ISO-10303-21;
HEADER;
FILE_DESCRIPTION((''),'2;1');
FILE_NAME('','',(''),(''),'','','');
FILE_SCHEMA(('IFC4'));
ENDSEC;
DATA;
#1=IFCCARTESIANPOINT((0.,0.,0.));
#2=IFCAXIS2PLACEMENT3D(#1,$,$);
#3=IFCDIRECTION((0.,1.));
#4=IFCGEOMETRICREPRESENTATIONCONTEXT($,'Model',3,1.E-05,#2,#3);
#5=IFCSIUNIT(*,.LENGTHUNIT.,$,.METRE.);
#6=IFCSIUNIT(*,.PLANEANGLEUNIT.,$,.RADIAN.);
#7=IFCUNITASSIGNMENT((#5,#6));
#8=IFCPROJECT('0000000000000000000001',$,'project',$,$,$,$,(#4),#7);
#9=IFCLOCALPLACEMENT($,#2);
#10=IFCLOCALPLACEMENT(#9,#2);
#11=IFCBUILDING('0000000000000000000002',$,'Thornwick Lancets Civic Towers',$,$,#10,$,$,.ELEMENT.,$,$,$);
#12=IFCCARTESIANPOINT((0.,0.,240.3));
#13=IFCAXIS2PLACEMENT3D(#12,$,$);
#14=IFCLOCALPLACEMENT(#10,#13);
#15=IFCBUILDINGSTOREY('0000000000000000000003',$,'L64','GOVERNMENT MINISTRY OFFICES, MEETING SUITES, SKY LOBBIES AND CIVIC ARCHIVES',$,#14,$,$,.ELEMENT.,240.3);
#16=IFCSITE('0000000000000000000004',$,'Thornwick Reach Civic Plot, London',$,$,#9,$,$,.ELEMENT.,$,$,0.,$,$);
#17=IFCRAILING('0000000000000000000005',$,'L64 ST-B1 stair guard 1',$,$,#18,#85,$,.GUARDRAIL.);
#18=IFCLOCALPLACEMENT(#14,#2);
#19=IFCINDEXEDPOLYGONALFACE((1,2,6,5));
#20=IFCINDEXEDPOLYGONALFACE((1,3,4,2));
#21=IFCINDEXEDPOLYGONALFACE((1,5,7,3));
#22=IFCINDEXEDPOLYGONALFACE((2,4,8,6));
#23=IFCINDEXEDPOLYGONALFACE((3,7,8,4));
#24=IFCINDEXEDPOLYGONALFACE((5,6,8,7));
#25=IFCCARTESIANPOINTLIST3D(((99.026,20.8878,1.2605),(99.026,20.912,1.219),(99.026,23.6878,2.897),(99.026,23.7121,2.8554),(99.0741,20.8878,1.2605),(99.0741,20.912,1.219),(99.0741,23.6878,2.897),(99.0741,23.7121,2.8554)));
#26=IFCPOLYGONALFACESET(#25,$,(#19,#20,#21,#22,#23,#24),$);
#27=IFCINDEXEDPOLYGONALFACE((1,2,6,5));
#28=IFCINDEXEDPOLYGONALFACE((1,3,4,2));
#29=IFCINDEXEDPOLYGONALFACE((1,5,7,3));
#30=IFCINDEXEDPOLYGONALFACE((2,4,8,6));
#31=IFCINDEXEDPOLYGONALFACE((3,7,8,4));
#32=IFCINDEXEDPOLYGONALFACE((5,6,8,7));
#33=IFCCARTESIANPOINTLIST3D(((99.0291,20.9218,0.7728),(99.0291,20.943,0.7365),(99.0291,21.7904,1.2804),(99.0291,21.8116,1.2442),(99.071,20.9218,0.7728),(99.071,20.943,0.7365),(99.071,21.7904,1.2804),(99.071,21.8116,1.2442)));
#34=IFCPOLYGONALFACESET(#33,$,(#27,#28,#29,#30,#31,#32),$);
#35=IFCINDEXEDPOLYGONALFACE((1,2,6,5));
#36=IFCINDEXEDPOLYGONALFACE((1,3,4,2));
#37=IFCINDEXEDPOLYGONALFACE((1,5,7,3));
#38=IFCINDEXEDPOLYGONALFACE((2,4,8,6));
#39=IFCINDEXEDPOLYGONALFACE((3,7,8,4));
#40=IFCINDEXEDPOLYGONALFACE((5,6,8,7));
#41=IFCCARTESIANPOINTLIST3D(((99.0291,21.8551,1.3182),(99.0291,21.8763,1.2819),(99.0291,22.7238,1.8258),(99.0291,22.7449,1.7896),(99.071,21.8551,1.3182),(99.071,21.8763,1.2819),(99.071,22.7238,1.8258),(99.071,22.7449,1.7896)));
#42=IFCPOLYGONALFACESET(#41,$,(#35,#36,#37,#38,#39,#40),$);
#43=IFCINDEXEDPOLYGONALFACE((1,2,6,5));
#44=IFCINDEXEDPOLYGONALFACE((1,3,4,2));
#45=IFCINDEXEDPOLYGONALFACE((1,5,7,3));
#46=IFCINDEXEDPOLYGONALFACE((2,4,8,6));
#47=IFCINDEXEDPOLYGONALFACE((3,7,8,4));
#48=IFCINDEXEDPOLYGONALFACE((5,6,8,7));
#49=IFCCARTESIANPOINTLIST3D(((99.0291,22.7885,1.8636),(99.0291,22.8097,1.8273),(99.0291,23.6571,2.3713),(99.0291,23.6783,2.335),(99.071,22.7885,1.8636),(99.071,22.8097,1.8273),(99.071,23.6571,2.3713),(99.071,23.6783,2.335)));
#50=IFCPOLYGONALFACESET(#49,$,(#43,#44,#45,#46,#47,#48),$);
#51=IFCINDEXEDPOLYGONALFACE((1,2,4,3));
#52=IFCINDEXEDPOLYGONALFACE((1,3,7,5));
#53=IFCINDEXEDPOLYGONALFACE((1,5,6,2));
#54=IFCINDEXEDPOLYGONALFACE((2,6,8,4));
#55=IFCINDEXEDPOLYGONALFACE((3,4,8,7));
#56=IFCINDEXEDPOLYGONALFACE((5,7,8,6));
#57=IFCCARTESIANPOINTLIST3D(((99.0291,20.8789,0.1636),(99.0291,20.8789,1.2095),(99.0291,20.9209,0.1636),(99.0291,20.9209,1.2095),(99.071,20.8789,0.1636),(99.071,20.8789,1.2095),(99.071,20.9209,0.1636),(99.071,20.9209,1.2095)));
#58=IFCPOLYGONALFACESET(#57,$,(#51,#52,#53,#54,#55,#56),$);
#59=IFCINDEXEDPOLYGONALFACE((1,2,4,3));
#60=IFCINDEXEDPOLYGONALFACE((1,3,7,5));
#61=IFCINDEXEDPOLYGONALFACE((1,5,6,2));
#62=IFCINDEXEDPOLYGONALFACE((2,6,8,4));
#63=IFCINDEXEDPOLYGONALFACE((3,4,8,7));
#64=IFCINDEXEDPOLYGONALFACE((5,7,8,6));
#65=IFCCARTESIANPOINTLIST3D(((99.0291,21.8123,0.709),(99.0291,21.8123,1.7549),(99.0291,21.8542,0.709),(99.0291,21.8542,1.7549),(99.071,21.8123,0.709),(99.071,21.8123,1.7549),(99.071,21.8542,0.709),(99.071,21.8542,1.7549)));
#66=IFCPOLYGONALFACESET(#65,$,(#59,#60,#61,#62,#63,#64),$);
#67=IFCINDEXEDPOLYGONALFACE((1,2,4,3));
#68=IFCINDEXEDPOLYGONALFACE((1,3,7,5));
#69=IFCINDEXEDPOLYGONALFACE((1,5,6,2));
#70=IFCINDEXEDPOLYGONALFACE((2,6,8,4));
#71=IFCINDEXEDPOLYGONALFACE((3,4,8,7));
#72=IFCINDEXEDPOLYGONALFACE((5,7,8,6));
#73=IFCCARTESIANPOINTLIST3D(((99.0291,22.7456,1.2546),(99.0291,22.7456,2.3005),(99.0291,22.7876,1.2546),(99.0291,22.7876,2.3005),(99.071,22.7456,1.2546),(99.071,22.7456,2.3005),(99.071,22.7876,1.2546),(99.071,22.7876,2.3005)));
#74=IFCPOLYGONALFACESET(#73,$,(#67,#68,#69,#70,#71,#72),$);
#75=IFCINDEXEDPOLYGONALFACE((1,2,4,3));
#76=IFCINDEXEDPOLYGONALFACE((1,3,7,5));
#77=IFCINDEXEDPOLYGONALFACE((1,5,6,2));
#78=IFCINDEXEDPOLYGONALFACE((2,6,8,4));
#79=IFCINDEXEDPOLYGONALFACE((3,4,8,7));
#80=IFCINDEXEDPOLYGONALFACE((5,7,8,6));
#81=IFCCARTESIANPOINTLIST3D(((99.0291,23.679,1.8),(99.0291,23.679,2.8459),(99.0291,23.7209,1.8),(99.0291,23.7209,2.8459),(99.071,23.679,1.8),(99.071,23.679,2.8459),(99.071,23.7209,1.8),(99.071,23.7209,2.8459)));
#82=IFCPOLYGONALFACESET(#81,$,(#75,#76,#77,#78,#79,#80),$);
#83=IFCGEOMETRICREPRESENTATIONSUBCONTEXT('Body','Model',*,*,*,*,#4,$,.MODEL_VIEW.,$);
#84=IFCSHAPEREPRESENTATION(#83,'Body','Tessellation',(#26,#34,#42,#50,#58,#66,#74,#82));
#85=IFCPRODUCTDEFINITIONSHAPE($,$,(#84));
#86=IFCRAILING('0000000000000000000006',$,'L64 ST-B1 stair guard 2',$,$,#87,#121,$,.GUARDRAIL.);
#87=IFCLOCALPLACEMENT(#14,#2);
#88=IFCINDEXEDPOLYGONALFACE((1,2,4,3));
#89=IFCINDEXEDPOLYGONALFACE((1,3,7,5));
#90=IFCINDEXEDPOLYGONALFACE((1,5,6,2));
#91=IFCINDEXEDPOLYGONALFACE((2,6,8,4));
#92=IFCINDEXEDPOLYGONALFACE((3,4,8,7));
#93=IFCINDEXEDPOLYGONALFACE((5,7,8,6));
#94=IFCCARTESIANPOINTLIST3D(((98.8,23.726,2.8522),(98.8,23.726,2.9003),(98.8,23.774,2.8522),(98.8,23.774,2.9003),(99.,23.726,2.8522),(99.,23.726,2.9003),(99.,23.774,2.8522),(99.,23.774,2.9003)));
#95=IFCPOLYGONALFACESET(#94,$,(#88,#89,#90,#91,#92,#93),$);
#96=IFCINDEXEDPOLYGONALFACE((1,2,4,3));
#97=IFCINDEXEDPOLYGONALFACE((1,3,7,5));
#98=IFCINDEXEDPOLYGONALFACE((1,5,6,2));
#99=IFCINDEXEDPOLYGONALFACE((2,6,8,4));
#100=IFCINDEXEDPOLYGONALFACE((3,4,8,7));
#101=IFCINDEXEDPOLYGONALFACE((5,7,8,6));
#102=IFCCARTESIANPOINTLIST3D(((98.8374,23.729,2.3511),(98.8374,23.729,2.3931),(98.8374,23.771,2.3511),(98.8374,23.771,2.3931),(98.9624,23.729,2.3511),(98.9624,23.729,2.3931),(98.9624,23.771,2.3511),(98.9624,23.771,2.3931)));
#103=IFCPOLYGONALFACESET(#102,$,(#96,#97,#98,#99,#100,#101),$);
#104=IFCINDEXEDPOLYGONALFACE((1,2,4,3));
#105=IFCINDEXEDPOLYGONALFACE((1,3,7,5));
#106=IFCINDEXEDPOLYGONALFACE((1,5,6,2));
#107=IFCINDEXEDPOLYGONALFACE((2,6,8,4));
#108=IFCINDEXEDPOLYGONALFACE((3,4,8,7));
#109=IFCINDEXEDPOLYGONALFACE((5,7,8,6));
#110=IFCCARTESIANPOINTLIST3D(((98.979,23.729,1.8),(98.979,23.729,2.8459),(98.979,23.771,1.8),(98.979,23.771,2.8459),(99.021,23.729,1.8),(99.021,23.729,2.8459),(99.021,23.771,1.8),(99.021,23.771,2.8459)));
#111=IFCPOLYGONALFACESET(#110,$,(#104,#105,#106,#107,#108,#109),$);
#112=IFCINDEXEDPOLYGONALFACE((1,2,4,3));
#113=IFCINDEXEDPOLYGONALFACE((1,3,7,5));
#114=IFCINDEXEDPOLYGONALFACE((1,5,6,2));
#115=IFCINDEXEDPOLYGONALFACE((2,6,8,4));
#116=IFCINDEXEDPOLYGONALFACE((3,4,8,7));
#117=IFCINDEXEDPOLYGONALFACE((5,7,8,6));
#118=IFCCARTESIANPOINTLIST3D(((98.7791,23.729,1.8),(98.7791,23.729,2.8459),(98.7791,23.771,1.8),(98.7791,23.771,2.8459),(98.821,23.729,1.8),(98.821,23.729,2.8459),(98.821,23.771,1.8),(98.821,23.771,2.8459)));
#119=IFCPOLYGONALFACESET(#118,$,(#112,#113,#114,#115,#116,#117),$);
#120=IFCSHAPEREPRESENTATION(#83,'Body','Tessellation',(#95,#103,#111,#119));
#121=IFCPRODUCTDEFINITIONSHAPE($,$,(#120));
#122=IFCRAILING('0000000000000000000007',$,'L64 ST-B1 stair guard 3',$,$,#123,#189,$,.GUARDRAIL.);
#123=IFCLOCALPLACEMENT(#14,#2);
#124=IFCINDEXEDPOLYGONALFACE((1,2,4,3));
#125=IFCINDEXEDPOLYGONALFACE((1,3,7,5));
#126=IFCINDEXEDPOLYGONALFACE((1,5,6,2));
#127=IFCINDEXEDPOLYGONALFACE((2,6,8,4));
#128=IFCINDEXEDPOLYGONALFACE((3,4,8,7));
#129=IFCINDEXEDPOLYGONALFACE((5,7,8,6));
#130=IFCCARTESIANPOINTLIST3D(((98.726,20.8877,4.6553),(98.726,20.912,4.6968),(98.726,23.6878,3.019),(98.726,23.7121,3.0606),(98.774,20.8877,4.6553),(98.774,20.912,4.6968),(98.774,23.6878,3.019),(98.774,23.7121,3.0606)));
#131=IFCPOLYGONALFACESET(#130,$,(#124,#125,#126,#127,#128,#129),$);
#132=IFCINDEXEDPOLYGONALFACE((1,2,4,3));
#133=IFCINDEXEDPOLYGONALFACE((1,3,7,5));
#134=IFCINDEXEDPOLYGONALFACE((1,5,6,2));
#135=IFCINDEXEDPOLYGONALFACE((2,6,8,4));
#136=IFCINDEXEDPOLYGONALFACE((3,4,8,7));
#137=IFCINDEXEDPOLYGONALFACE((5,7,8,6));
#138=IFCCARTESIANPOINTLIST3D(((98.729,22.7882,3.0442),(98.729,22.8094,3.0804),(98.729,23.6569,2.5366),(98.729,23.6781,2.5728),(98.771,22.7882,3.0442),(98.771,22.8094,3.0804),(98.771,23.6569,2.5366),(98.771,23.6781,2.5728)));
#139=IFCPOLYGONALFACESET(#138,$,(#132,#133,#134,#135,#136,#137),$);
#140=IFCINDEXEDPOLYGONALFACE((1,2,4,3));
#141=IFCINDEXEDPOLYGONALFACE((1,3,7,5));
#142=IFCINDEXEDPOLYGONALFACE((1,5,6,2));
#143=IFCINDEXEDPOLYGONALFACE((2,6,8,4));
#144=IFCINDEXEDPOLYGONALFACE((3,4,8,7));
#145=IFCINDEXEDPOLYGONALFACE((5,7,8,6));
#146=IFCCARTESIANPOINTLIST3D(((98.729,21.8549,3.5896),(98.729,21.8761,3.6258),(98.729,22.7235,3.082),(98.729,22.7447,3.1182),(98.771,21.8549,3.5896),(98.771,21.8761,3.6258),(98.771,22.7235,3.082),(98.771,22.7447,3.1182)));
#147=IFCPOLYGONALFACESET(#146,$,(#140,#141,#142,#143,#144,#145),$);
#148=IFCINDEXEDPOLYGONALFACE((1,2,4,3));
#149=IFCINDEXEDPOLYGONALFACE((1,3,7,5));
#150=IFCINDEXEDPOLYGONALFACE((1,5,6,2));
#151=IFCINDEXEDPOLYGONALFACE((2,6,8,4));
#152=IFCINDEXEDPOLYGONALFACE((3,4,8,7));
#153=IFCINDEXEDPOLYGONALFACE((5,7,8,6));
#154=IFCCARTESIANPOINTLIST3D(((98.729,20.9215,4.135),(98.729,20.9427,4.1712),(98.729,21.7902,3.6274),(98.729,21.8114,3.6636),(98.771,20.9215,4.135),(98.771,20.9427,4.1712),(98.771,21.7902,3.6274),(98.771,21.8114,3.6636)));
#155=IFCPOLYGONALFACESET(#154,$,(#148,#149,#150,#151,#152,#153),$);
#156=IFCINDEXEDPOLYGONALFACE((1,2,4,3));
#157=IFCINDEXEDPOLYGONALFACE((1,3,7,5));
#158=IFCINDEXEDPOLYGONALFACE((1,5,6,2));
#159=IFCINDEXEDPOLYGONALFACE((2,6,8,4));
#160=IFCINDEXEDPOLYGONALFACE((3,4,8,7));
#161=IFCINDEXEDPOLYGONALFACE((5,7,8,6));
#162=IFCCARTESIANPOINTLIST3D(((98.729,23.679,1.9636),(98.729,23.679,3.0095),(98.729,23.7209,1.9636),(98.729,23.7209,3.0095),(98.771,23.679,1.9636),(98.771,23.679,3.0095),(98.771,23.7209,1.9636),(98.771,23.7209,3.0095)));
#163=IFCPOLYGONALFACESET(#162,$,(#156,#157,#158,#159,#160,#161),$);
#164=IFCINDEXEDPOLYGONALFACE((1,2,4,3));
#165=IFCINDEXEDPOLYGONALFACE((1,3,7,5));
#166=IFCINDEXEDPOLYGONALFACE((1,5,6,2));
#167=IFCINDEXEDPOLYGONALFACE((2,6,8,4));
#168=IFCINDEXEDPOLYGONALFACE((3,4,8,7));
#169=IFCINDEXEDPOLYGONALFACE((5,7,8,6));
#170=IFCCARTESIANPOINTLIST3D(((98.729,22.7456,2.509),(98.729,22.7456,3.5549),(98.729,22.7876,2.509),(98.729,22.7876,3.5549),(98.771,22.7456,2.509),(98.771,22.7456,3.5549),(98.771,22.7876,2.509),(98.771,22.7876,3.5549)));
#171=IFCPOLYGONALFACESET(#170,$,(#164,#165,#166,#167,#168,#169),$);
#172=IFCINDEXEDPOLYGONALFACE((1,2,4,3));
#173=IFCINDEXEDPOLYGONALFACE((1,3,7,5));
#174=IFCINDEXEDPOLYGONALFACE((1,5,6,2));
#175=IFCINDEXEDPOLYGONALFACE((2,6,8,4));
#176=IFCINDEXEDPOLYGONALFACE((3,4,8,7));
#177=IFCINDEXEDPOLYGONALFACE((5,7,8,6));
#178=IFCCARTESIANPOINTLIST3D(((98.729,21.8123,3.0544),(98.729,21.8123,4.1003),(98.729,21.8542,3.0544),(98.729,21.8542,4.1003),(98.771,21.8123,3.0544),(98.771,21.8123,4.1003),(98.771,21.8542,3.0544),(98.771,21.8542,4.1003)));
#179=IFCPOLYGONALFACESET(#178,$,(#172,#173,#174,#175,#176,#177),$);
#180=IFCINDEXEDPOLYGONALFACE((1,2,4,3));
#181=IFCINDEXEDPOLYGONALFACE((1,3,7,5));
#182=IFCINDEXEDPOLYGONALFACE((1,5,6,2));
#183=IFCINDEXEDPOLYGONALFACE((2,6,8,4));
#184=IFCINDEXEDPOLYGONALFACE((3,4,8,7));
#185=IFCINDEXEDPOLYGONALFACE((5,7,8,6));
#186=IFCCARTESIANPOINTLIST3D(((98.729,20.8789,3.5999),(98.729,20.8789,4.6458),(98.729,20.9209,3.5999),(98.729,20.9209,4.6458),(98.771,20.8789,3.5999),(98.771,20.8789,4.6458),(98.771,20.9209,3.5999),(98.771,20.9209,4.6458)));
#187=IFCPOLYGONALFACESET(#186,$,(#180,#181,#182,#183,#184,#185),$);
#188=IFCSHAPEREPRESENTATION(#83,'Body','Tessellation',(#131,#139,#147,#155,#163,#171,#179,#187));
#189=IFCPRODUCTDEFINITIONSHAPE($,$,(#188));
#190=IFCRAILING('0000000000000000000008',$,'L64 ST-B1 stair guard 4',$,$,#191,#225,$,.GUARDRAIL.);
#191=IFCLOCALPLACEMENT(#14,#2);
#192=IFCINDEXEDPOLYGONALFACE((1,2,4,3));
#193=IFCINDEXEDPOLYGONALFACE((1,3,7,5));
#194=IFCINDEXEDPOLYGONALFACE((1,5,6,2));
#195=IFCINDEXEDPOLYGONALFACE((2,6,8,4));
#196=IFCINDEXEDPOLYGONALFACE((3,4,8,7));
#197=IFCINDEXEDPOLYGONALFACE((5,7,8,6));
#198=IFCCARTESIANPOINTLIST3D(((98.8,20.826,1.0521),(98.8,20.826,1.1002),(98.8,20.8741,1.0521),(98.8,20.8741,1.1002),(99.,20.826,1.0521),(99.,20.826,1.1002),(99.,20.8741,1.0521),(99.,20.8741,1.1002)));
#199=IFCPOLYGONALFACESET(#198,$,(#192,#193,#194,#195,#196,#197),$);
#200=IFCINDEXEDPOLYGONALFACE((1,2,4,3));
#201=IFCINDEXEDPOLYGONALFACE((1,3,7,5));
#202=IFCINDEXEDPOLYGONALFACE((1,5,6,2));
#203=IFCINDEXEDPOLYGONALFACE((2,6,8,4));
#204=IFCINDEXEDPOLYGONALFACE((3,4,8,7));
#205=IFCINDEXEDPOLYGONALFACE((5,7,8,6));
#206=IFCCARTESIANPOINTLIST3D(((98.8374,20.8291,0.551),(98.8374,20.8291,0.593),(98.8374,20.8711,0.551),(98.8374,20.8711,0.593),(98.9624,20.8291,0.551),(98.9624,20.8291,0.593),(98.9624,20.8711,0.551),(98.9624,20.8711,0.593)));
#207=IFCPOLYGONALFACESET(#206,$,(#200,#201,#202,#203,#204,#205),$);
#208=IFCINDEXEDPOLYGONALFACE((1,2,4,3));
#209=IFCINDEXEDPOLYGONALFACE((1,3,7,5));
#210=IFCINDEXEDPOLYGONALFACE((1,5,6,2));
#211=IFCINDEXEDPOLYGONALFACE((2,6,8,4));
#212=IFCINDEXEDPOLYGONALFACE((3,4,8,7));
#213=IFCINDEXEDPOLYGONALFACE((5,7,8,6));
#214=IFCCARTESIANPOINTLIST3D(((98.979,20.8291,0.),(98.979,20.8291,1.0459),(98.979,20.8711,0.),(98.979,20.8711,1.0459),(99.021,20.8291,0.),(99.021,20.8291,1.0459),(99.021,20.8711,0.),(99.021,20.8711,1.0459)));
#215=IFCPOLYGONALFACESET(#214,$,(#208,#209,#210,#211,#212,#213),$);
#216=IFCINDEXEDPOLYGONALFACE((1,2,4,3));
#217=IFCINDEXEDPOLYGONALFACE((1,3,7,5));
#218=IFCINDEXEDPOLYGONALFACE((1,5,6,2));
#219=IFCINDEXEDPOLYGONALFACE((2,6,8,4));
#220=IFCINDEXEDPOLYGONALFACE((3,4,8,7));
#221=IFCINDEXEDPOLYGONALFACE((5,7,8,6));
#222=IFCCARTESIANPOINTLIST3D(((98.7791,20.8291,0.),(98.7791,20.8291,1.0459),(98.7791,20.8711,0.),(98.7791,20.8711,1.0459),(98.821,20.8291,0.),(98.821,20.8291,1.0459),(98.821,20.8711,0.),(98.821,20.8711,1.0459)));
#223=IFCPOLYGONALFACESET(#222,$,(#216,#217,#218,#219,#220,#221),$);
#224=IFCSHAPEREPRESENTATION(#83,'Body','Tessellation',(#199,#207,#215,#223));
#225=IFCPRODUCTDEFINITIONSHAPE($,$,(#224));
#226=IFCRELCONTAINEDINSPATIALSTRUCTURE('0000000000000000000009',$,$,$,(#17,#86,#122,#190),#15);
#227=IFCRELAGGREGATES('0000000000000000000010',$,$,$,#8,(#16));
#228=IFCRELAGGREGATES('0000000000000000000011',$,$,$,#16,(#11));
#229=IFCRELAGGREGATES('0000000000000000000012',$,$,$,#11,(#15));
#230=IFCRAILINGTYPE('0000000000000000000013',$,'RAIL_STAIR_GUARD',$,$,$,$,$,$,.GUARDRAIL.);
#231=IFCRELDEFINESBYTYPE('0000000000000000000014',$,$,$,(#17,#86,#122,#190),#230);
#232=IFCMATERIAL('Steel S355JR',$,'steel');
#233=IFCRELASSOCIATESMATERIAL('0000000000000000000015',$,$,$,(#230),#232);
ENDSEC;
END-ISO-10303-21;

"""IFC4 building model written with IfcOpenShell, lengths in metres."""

from ifc_helpers import new_model, si_unit, direction, frame, origin, origin_2d, place, context, subcontext, project, spatial, rectangle, extrude, material, type_object, element, save


model = new_model("IFC4")

# Units and contexts
model_context = context("Model", 3, precision=1e-05, world=origin(), true_north=direction((0.0, 1.0)))
body_context = subcontext(model_context, "Body", "Model", "MODEL_VIEW")
ifc_project = project(units=[si_unit("LENGTHUNIT", "METRE"), si_unit("PLANEANGLEUNIT", "RADIAN")], contexts=[model_context])

# Site, building, storey
site_placement = place(None, origin())
site = spatial("IfcSite", under=ifc_project, at=site_placement, Name="Thornwick Reach Civic Plot, London", CompositionType="ELEMENT", RefElevation=0.0)
building_placement = place(site_placement, origin())
building = spatial("IfcBuilding", under=site, at=building_placement, Name="Thornwick Lancets Civic Towers", CompositionType="ELEMENT")
storey_placement = place(building_placement, frame((0.0, 0.0, 240.3)))
storey = spatial("IfcBuildingStorey", under=building, at=storey_placement, Name="L64", Description="GOVERNMENT MINISTRY OFFICES, MEETING SUITES, SKY LOBBIES AND CIVIC ARCHIVES", CompositionType="ELEMENT", Elevation=240.3)

# Shared definitions
ifc_material_1 = material(Name="Steel S355JR", Category="steel")

# Railings
railing_type_1 = type_object("IfcRailingType", Name="RAIL_STAIR_GUARD", PredefinedType="GUARDRAIL", material=ifc_material_1)
railing_1_placement = place(storey_placement, frame((99.05, 20.8999, 0.1636)))
element("IfcRailing", 1, at=railing_1_placement, inside=storey, type_object=railing_type_1, Name="L64 ST-B1 stair guard 1", PredefinedType="GUARDRAIL", context=body_context, shape_type="SweptSolid", body=[
    extrude(rectangle(XDim=0.0481, YDim=0.0481, at=origin_2d()), frame((0.0, 0.0, 1.0762), z_axis=(0.0, 0.863361, 0.504587), x_axis=(-1.0, 0.0, 0.0)), (0.0, 0.0, 1.0), 3.2432),
    extrude(rectangle(XDim=0.042, YDim=0.042, at=origin_2d()), frame((0.0, 0.0325, 0.5911), z_axis=(0.0, 0.863361, 0.504587), x_axis=(-1.0, 0.0, 0.0)), (0.0, 0.0, 1.0), 1.0061),
    extrude(rectangle(XDim=0.042, YDim=0.042, at=origin_2d()), frame((0.0, 0.9658, 1.1365), z_axis=(0.0, 0.863361, 0.504587), x_axis=(-1.0, 0.0, 0.0)), (0.0, 0.0, 1.0), 1.0061),
    extrude(rectangle(XDim=0.042, YDim=0.042, at=origin_2d()), frame((0.0, 1.8992, 1.6819), z_axis=(0.0, 0.863361, 0.504587), x_axis=(-1.0, 0.0, 0.0)), (0.0, 0.0, 1.0), 1.0061),
    extrude(rectangle(XDim=0.042, YDim=0.042, at=origin_2d()), origin(), (0.0, 0.0, 1.0), 1.0459),
    extrude(rectangle(XDim=0.042, YDim=0.042, at=origin_2d()), frame((0.0, 0.9333, 0.5454)), (0.0, 0.0, 1.0), 1.0459),
    extrude(rectangle(XDim=0.042, YDim=0.042, at=origin_2d()), frame((0.0, 1.8667, 1.0911)), (0.0, 0.0, 1.0), 1.0459),
    extrude(rectangle(XDim=0.042, YDim=0.042, at=origin_2d()), frame((0.0, 2.8, 1.6365)), (0.0, 0.0, 1.0), 1.0459),
])
railing_2_placement = place(storey_placement, frame((99.0, 23.75, 1.8)))
element("IfcRailing", 2, at=railing_2_placement, inside=storey, type_object=railing_type_1, Name="L64 ST-B1 stair guard 2", PredefinedType="GUARDRAIL", context=body_context, shape_type="SweptSolid", body=[
    extrude(rectangle(XDim=0.0481, YDim=0.0481, at=origin_2d()), frame((0.0, 0.0, 1.0762), z_axis=(-1.0, 0.0, 0.0), x_axis=(0.0, -1.0, 0.0)), (0.0, 0.0, 1.0), 0.2),
    extrude(rectangle(XDim=0.042, YDim=0.042, at=origin_2d()), frame((-0.0376, 0.0, 0.572), z_axis=(-1.0, 0.0, 0.0), x_axis=(0.0, -1.0, 0.0)), (0.0, 0.0, 1.0), 0.125),
    extrude(rectangle(XDim=0.042, YDim=0.042, at=origin_2d()), origin(), (0.0, 0.0, 1.0), 1.0459),
    extrude(rectangle(XDim=0.042, YDim=0.042, at=origin_2d()), frame((-0.2, 0.0, 0.0)), (0.0, 0.0, 1.0), 1.0459),
])
railing_3_placement = place(storey_placement, frame((98.75, 23.7, 1.9636)))
element("IfcRailing", 3, at=railing_3_placement, inside=storey, type_object=railing_type_1, Name="L64 ST-B1 stair guard 3", PredefinedType="GUARDRAIL", context=body_context, shape_type="SweptSolid", body=[
    extrude(rectangle(XDim=0.0481, YDim=0.0481, at=origin_2d()), frame((0.0, 0.0, 1.0762), z_axis=(0.0, -0.863394, 0.504531), x_axis=(1.0, 0.0, 0.0)), (0.0, 0.0, 1.0), 3.2432),
    extrude(rectangle(XDim=0.042, YDim=0.042, at=origin_2d()), frame((0.0, -0.0325, 0.5911), z_axis=(0.0, -0.863394, 0.504531), x_axis=(1.0, 0.0, 0.0)), (0.0, 0.0, 1.0), 1.0061),
    extrude(rectangle(XDim=0.042, YDim=0.042, at=origin_2d()), frame((0.0, -0.9658, 1.1365), z_axis=(0.0, -0.863394, 0.504531), x_axis=(1.0, 0.0, 0.0)), (0.0, 0.0, 1.0), 1.0061),
    extrude(rectangle(XDim=0.042, YDim=0.042, at=origin_2d()), frame((0.0, -1.8992, 1.6819), z_axis=(0.0, -0.863394, 0.504531), x_axis=(1.0, 0.0, 0.0)), (0.0, 0.0, 1.0), 1.0061),
    extrude(rectangle(XDim=0.042, YDim=0.042, at=origin_2d()), origin(), (0.0, 0.0, 1.0), 1.0459),
    extrude(rectangle(XDim=0.042, YDim=0.042, at=origin_2d()), frame((0.0, -0.9333, 0.5454)), (0.0, 0.0, 1.0), 1.0459),
    extrude(rectangle(XDim=0.042, YDim=0.042, at=origin_2d()), frame((0.0, -1.8667, 1.0908)), (0.0, 0.0, 1.0), 1.0459),
    extrude(rectangle(XDim=0.042, YDim=0.042, at=origin_2d()), frame((0.0, -2.8, 1.6362)), (0.0, 0.0, 1.0), 1.0459),
])
railing_4_placement = place(storey_placement, frame((99.0, 20.8501, 0.0)))
element("IfcRailing", 4, at=railing_4_placement, inside=storey, type_object=railing_type_1, Name="L64 ST-B1 stair guard 4", PredefinedType="GUARDRAIL", context=body_context, shape_type="SweptSolid", body=[
    extrude(rectangle(XDim=0.0481, YDim=0.0481, at=origin_2d()), frame((0.0, 0.0, 1.0762), z_axis=(-1.0, 0.0, 0.0), x_axis=(0.0, -1.0, 0.0)), (0.0, 0.0, 1.0), 0.2),
    extrude(rectangle(XDim=0.042, YDim=0.042, at=origin_2d()), frame((-0.0376, 0.0, 0.572), z_axis=(-1.0, 0.0, 0.0), x_axis=(0.0, -1.0, 0.0)), (0.0, 0.0, 1.0), 0.125),
    extrude(rectangle(XDim=0.042, YDim=0.042, at=origin_2d()), origin(), (0.0, 0.0, 1.0), 1.0459),
    extrude(rectangle(XDim=0.042, YDim=0.042, at=origin_2d()), frame((-0.2, 0.0, 0.0)), (0.0, 0.0, 1.0), 1.0459),
])

save(model, "model.ifc")
